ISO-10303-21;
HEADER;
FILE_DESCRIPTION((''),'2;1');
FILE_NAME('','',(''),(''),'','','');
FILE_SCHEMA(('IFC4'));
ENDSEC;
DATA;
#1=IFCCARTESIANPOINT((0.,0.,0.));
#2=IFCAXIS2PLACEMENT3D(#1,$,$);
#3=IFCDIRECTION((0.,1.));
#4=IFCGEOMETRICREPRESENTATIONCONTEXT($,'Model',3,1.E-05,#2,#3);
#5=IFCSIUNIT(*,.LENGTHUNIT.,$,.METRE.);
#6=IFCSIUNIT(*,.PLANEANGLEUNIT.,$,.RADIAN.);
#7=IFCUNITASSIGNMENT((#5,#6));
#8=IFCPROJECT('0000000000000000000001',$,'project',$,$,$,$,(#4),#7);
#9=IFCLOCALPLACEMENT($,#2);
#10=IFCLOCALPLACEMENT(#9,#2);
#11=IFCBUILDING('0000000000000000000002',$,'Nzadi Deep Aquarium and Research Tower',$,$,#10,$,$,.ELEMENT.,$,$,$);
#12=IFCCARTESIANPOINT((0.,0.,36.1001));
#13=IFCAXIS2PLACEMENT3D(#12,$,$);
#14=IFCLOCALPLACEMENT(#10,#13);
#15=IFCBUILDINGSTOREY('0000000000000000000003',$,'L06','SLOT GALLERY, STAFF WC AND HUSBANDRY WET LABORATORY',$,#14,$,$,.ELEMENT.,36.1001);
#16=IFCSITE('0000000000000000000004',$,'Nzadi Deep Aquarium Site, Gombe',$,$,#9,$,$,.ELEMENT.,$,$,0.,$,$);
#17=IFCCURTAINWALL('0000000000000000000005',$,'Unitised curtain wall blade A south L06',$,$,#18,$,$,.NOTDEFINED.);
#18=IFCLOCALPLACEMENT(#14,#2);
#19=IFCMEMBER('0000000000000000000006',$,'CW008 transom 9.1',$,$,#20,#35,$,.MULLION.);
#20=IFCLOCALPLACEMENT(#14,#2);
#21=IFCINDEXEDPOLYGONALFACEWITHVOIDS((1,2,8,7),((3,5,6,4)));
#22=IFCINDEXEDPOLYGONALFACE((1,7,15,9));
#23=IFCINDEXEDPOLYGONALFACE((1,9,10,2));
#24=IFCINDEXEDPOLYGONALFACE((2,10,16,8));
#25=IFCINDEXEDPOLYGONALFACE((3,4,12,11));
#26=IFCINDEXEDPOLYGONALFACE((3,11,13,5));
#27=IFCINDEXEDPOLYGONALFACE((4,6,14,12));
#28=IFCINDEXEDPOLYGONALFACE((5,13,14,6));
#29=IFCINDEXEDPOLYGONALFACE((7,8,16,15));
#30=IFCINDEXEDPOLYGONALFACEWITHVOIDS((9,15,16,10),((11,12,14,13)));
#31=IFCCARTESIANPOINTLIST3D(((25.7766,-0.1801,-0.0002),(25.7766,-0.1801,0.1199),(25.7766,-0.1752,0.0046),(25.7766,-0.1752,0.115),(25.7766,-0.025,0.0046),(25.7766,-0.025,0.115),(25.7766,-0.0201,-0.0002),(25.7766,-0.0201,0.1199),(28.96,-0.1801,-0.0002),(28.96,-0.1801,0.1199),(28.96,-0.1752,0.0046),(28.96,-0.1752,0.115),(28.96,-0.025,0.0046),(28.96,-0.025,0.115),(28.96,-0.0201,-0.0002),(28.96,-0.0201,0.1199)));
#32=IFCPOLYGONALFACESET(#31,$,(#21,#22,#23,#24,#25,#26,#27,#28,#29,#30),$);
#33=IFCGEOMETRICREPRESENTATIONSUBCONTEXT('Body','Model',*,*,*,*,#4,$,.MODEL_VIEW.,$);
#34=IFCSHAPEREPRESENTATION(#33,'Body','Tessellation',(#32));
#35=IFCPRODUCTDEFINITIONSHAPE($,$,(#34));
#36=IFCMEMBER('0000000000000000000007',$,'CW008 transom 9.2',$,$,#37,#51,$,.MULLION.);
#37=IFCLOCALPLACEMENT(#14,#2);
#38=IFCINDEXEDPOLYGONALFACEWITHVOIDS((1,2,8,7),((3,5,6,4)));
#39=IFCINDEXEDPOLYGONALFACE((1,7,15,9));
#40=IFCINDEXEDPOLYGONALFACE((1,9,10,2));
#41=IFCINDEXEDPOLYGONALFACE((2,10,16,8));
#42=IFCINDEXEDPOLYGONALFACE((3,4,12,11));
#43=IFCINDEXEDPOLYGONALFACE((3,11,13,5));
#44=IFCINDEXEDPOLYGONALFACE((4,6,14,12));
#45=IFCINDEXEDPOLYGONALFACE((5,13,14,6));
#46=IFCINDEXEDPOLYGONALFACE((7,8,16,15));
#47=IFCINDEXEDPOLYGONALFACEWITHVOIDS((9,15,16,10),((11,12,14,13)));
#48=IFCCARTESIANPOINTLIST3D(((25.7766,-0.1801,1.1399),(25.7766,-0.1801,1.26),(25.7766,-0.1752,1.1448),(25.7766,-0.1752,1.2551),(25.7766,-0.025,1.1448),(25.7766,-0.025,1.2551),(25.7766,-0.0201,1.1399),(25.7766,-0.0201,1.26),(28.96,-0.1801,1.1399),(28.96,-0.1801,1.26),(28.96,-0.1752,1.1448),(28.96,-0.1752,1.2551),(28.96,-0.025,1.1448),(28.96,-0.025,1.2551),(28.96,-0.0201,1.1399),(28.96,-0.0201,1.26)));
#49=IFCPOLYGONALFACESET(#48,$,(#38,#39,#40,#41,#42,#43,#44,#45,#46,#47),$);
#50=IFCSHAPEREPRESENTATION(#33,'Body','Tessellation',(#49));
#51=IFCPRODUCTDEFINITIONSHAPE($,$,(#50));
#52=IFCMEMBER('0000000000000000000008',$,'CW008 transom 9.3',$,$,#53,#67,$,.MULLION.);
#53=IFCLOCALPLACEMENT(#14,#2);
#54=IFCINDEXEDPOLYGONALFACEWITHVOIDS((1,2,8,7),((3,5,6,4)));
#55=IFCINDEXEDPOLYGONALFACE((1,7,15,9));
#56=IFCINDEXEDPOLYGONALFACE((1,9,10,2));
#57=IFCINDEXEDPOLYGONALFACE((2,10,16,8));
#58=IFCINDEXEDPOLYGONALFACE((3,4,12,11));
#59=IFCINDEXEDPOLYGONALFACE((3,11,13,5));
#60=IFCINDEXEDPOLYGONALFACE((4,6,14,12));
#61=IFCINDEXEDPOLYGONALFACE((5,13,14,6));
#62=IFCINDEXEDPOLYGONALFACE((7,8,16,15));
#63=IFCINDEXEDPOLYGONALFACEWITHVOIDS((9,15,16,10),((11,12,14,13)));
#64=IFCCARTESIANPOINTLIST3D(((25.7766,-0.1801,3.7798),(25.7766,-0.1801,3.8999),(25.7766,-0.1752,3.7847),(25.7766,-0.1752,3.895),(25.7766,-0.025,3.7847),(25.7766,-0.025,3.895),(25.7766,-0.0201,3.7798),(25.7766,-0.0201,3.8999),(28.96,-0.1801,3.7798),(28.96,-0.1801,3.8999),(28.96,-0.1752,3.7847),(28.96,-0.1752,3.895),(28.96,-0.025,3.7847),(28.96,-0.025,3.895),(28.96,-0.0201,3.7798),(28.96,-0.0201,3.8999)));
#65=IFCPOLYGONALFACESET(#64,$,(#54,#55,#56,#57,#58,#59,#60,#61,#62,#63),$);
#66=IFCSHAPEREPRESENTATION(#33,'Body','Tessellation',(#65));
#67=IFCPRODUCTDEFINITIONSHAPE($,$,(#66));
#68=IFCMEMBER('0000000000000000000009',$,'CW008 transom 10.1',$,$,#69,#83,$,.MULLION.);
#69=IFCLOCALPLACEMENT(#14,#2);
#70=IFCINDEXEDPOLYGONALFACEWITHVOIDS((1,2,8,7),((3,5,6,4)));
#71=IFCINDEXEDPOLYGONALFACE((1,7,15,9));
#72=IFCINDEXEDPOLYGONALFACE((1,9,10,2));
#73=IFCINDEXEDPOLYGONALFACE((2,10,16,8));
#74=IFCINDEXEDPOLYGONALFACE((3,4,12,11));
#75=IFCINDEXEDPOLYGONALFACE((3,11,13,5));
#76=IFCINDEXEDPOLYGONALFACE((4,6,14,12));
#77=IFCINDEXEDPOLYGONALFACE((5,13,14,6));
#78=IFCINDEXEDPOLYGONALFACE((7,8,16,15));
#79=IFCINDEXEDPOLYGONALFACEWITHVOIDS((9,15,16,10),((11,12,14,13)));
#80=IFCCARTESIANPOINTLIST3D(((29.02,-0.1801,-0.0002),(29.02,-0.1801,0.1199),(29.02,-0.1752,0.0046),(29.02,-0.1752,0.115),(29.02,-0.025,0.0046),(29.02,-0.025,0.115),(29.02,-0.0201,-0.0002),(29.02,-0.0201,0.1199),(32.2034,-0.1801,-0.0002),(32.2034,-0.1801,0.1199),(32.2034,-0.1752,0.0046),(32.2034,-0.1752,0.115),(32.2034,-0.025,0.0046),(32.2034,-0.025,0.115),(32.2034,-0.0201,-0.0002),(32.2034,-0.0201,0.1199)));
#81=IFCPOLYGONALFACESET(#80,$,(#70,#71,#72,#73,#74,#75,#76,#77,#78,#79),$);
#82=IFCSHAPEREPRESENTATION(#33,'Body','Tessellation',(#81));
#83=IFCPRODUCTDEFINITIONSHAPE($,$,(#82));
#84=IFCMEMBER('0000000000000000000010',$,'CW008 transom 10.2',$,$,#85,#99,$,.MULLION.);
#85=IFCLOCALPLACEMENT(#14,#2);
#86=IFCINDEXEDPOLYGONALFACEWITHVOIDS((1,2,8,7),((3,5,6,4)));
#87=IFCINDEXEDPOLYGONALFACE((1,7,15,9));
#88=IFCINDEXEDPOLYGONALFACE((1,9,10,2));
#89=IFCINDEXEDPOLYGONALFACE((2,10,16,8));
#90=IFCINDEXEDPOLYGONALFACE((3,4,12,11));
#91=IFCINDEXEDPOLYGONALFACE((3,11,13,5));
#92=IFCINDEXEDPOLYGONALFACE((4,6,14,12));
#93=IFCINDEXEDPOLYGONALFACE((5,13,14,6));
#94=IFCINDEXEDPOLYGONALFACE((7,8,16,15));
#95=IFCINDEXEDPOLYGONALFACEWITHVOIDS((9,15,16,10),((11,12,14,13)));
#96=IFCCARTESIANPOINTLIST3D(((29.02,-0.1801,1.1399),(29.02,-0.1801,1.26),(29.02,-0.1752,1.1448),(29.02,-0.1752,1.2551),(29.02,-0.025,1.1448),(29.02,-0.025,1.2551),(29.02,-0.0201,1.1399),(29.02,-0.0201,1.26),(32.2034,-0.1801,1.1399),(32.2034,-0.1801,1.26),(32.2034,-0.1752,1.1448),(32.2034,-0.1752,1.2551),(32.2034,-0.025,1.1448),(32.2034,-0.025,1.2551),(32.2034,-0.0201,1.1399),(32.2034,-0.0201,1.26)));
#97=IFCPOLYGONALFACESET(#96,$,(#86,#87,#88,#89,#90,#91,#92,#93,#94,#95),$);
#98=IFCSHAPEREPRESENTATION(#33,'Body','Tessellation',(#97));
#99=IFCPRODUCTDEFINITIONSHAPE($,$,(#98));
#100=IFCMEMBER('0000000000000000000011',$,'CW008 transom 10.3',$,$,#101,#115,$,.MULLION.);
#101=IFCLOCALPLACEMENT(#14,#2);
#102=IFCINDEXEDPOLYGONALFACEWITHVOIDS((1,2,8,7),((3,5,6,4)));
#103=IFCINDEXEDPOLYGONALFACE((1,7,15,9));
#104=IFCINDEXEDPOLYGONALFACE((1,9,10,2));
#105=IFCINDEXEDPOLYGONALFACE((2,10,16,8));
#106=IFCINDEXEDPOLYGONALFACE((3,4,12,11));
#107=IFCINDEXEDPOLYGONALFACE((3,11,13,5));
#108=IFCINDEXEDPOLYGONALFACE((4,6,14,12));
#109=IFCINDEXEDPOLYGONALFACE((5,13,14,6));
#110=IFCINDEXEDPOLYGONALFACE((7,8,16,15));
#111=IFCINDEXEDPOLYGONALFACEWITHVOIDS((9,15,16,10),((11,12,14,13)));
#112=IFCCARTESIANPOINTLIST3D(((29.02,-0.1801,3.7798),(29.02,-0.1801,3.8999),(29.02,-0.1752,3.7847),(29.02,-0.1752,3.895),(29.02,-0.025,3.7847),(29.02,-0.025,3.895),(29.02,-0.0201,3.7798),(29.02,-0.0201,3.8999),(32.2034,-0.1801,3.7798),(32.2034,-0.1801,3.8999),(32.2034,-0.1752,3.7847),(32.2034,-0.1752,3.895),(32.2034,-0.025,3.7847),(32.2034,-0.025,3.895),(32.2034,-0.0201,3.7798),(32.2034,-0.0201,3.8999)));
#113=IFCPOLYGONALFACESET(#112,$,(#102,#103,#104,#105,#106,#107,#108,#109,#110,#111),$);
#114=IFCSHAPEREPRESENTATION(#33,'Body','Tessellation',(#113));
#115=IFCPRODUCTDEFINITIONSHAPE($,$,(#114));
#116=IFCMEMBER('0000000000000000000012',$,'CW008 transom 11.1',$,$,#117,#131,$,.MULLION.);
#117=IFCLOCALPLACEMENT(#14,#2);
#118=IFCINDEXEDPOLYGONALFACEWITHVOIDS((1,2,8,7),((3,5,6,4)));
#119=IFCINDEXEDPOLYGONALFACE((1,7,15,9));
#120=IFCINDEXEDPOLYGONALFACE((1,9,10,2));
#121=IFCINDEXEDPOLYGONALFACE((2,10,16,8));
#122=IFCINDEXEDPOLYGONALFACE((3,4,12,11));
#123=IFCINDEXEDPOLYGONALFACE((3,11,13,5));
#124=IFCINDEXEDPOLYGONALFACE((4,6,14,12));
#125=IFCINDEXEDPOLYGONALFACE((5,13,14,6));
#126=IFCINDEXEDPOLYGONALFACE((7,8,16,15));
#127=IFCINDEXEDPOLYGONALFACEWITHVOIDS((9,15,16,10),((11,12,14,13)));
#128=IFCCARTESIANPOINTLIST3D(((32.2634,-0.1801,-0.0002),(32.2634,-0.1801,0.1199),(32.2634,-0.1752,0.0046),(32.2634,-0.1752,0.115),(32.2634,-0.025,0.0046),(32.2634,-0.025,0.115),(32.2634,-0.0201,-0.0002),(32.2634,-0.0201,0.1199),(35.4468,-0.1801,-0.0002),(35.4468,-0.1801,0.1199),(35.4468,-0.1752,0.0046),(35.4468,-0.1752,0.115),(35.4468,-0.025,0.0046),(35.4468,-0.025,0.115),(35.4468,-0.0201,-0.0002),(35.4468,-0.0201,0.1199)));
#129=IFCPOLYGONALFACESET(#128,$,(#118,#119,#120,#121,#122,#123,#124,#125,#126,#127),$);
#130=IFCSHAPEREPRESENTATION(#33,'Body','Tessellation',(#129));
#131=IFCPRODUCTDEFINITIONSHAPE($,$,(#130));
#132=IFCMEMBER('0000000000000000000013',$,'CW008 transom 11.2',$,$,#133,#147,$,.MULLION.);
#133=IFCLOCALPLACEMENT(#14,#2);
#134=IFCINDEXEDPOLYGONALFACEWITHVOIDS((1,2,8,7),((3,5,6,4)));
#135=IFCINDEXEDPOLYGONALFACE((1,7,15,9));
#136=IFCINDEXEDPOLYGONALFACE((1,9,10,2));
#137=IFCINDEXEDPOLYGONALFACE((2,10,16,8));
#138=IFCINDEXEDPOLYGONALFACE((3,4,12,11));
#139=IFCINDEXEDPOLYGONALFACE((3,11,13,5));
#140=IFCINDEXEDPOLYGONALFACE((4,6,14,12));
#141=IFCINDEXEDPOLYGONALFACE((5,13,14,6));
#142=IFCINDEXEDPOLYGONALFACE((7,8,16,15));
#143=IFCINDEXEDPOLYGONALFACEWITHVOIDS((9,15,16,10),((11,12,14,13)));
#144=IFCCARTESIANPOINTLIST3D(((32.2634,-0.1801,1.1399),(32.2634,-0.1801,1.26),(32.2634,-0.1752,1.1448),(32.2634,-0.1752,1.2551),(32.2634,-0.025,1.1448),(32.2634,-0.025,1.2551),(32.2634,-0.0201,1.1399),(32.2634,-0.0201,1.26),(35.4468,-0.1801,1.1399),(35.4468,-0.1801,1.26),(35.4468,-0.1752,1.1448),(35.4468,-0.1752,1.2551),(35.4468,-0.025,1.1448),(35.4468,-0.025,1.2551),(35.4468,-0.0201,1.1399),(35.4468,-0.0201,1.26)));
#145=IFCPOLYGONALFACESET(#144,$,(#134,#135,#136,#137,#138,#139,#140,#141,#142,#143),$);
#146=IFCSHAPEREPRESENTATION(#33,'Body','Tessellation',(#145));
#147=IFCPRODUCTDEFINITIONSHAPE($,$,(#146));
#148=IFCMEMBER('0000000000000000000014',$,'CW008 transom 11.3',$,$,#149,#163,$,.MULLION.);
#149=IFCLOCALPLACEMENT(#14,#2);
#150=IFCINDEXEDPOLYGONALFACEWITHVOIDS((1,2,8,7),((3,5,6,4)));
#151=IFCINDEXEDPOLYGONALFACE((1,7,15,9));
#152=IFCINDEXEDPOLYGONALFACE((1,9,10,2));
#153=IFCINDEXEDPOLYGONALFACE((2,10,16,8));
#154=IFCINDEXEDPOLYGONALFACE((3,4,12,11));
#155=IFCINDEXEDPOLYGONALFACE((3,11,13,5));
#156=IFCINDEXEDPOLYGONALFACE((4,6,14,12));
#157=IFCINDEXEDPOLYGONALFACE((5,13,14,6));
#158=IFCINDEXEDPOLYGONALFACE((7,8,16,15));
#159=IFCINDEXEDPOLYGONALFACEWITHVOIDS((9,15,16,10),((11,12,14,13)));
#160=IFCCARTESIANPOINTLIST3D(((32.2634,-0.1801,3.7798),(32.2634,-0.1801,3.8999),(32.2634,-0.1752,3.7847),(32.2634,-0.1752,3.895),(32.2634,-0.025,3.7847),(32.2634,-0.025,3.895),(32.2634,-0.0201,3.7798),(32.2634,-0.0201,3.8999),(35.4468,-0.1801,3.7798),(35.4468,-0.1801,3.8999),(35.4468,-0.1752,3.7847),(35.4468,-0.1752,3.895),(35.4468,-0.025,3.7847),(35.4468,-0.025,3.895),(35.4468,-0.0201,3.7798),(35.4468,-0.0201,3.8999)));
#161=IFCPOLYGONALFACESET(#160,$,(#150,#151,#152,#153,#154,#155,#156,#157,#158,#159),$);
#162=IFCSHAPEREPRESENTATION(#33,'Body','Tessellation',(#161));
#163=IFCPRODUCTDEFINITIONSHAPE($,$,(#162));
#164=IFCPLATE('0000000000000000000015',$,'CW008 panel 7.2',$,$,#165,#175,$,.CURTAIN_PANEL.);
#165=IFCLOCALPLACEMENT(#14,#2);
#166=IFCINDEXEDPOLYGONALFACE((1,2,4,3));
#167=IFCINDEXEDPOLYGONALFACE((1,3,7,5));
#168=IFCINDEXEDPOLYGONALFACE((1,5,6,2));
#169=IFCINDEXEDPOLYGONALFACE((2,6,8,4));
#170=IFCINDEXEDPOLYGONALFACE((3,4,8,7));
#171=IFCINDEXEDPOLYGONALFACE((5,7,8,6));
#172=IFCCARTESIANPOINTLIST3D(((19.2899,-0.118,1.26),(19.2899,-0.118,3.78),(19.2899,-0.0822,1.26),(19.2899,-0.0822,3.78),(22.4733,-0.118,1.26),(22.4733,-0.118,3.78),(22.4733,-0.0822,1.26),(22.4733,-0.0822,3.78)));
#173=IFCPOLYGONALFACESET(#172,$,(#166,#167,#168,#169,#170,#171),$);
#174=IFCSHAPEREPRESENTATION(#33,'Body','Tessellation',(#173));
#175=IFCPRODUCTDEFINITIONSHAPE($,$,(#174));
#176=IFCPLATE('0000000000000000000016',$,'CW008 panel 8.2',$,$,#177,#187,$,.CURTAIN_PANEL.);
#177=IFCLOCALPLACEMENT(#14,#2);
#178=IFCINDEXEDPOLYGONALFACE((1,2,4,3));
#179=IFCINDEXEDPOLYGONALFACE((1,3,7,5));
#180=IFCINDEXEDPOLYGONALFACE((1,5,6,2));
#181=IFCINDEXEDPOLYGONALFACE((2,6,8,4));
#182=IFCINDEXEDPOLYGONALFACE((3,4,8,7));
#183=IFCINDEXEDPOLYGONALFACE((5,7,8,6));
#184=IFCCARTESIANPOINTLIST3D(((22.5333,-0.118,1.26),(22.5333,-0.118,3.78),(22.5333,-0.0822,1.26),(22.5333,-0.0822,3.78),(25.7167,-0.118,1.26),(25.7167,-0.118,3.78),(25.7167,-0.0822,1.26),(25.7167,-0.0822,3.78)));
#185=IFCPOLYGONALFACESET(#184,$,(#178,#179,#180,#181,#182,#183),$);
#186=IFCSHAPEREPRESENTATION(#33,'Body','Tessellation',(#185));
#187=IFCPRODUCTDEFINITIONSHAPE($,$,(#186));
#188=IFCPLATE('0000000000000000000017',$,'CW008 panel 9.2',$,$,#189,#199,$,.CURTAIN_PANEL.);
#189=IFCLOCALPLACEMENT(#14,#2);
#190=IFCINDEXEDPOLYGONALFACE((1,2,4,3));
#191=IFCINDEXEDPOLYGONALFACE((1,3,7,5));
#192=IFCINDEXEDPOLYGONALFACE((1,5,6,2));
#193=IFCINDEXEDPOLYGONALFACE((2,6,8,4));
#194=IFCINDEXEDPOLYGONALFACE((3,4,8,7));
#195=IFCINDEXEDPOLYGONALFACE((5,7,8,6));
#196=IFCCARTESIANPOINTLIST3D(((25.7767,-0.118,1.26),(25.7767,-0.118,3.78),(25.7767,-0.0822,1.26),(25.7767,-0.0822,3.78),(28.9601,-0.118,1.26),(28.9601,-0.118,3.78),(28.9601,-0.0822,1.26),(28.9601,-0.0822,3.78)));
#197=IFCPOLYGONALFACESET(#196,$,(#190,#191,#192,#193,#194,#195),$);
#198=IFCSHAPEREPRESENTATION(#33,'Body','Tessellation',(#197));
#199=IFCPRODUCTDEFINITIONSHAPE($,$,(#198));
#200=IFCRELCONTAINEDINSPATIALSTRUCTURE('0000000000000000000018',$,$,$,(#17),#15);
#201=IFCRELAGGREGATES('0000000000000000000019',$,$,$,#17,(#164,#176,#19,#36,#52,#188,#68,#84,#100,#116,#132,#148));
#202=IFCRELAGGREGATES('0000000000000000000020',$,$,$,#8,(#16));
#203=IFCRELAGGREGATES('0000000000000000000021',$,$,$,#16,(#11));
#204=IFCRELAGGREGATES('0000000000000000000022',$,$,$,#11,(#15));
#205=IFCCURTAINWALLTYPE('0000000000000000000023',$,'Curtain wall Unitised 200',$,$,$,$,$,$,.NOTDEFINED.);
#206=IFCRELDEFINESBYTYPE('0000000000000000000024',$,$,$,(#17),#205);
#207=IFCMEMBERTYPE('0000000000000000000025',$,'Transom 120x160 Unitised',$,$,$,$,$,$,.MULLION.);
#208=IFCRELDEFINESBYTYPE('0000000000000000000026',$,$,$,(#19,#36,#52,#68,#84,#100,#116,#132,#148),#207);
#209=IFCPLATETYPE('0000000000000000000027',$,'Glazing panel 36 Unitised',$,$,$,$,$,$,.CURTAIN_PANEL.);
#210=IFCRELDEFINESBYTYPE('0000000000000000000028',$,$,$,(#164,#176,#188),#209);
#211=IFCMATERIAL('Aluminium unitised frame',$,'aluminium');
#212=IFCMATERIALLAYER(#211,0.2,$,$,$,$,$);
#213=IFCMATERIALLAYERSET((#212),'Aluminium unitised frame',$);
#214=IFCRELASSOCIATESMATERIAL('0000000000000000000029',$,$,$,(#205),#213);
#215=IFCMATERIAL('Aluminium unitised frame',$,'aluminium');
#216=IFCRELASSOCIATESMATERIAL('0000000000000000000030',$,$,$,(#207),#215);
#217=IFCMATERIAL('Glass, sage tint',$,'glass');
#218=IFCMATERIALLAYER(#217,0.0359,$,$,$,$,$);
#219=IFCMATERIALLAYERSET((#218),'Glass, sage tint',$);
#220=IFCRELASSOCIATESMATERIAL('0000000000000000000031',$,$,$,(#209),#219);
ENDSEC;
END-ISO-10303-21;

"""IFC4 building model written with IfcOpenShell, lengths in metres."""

from ifc_helpers import new_model, si_unit, direction, frame, origin, origin_2d, place, context, subcontext, project, spatial, rectangle, hollow_rectangle, extrude, material, layer, layer_set, material_profile, profile_set, type_object, element, aggregate, save


model = new_model("IFC4")

# Units and contexts
model_context = context("Model", 3, precision=1e-05, world=origin(), true_north=direction((0.0, 1.0)))
body_context = subcontext(model_context, "Body", "Model", "MODEL_VIEW")
ifc_project = project(units=[si_unit("LENGTHUNIT", "METRE"), si_unit("PLANEANGLEUNIT", "RADIAN")], contexts=[model_context])

# Site, building, storey
site_placement = place(None, origin())
site = spatial("IfcSite", under=ifc_project, at=site_placement, Name="Nzadi Deep Aquarium Site, Gombe", CompositionType="ELEMENT", RefElevation=0.0)
building_placement = place(site_placement, origin())
building = spatial("IfcBuilding", under=site, at=building_placement, Name="Nzadi Deep Aquarium and Research Tower", CompositionType="ELEMENT")
storey_placement = place(building_placement, frame((0.0, 0.0, 36.1001)))
storey = spatial("IfcBuildingStorey", under=building, at=storey_placement, Name="L06", Description="SLOT GALLERY, STAFF WC AND HUSBANDRY WET LABORATORY", CompositionType="ELEMENT", Elevation=36.1001)

# Curtain wall
ifc_material_1 = material(Name="Aluminium unitised frame", Category="aluminium")
ifc_layer_1 = layer(ifc_material_1, 0.2)
ifc_layer_set_1 = layer_set([ifc_layer_1], Name="Aluminium unitised frame")
curtain_wall_type = type_object("IfcCurtainWallType", Name="Curtain wall Unitised 200", PredefinedType="NOTDEFINED", material=ifc_layer_set_1)
curtain_wall_placement = place(storey_placement, origin())
curtain_wall = element("IfcCurtainWall", 1, at=curtain_wall_placement, inside=storey, type_object=curtain_wall_type, Name="Unitised curtain wall blade A south L06", PredefinedType="NOTDEFINED")

# Members
ifc_material_2 = material(Name="Aluminium unitised frame", Category="aluminium")
ifc_material_profile_1 = material_profile(ifc_material_2, hollow_rectangle(XDim=0.1599, YDim=0.1201, WallThickness=0.0049, at=origin_2d()))
ifc_profile_set_1 = profile_set([ifc_material_profile_1], Name="Aluminium unitised frame")
member_type_1 = type_object("IfcMemberType", Name="Transom 120x160 Unitised", PredefinedType="MULLION", material=ifc_profile_set_1)
member_1_placement = place(storey_placement, frame((25.7766, -0.1001, 0.0598), z_axis=(1.0, 0.0, 0.0), x_axis=(0.0, 1.0, 0.0)))
member_1 = element("IfcMember", 2, at=member_1_placement, type_object=member_type_1, Name="CW008 transom 9.1", PredefinedType="MULLION", context=body_context, shape_type="SweptSolid", body=[
    extrude(hollow_rectangle(XDim=0.1599, YDim=0.1201, WallThickness=0.0049, at=origin_2d()), origin(), (0.0, 0.0, 1.0), 3.1833),
])
member_2_placement = place(storey_placement, frame((25.7766, -0.1001, 1.2), z_axis=(1.0, 0.0, 0.0), x_axis=(0.0, 1.0, 0.0)))
member_2 = element("IfcMember", 3, at=member_2_placement, type_object=member_type_1, Name="CW008 transom 9.2", PredefinedType="MULLION", context=body_context, shape_type="SweptSolid", body=[
    extrude(hollow_rectangle(XDim=0.1599, YDim=0.1201, WallThickness=0.0049, at=origin_2d()), origin(), (0.0, 0.0, 1.0), 3.1833),
])
member_3_placement = place(storey_placement, frame((25.7766, -0.1001, 3.8398), z_axis=(1.0, 0.0, 0.0), x_axis=(0.0, 1.0, 0.0)))
member_3 = element("IfcMember", 4, at=member_3_placement, type_object=member_type_1, Name="CW008 transom 9.3", PredefinedType="MULLION", context=body_context, shape_type="SweptSolid", body=[
    extrude(hollow_rectangle(XDim=0.1599, YDim=0.1201, WallThickness=0.0049, at=origin_2d()), origin(), (0.0, 0.0, 1.0), 3.1833),
])
member_4_placement = place(storey_placement, frame((29.02, -0.1001, 0.0598), z_axis=(1.0, 0.0, 0.0), x_axis=(0.0, 1.0, 0.0)))
member_4 = element("IfcMember", 5, at=member_4_placement, type_object=member_type_1, Name="CW008 transom 10.1", PredefinedType="MULLION", context=body_context, shape_type="SweptSolid", body=[
    extrude(hollow_rectangle(XDim=0.1599, YDim=0.1201, WallThickness=0.0049, at=origin_2d()), origin(), (0.0, 0.0, 1.0), 3.1833),
])
member_5_placement = place(storey_placement, frame((29.02, -0.1001, 1.2), z_axis=(1.0, 0.0, 0.0), x_axis=(0.0, 1.0, 0.0)))
member_5 = element("IfcMember", 6, at=member_5_placement, type_object=member_type_1, Name="CW008 transom 10.2", PredefinedType="MULLION", context=body_context, shape_type="SweptSolid", body=[
    extrude(hollow_rectangle(XDim=0.1599, YDim=0.1201, WallThickness=0.0049, at=origin_2d()), origin(), (0.0, 0.0, 1.0), 3.1833),
])
member_6_placement = place(storey_placement, frame((29.02, -0.1001, 3.8398), z_axis=(1.0, 0.0, 0.0), x_axis=(0.0, 1.0, 0.0)))
member_6 = element("IfcMember", 7, at=member_6_placement, type_object=member_type_1, Name="CW008 transom 10.3", PredefinedType="MULLION", context=body_context, shape_type="SweptSolid", body=[
    extrude(hollow_rectangle(XDim=0.1599, YDim=0.1201, WallThickness=0.0049, at=origin_2d()), origin(), (0.0, 0.0, 1.0), 3.1833),
])
member_7_placement = place(storey_placement, frame((32.2634, -0.1001, 0.0598), z_axis=(1.0, 0.0, 0.0), x_axis=(0.0, 1.0, 0.0)))
member_7 = element("IfcMember", 8, at=member_7_placement, type_object=member_type_1, Name="CW008 transom 11.1", PredefinedType="MULLION", context=body_context, shape_type="SweptSolid", body=[
    extrude(hollow_rectangle(XDim=0.1599, YDim=0.1201, WallThickness=0.0049, at=origin_2d()), origin(), (0.0, 0.0, 1.0), 3.1833),
])
member_8_placement = place(storey_placement, frame((32.2634, -0.1001, 1.2), z_axis=(1.0, 0.0, 0.0), x_axis=(0.0, 1.0, 0.0)))
member_8 = element("IfcMember", 9, at=member_8_placement, type_object=member_type_1, Name="CW008 transom 11.2", PredefinedType="MULLION", context=body_context, shape_type="SweptSolid", body=[
    extrude(hollow_rectangle(XDim=0.1599, YDim=0.1201, WallThickness=0.0049, at=origin_2d()), origin(), (0.0, 0.0, 1.0), 3.1833),
])
member_9_placement = place(storey_placement, frame((32.2634, -0.1001, 3.8398), z_axis=(1.0, 0.0, 0.0), x_axis=(0.0, 1.0, 0.0)))
member_9 = element("IfcMember", 10, at=member_9_placement, type_object=member_type_1, Name="CW008 transom 11.3", PredefinedType="MULLION", context=body_context, shape_type="SweptSolid", body=[
    extrude(hollow_rectangle(XDim=0.1599, YDim=0.1201, WallThickness=0.0049, at=origin_2d()), origin(), (0.0, 0.0, 1.0), 3.1833),
])

# Plates
ifc_material_3 = material(Name="Glass, sage tint", Category="glass")
ifc_layer_2 = layer(ifc_material_3, 0.0359)
ifc_layer_set_2 = layer_set([ifc_layer_2], Name="Glass, sage tint")
plate_type_1 = type_object("IfcPlateType", Name="Glazing panel 36 Unitised", PredefinedType="CURTAIN_PANEL", material=ifc_layer_set_2)
plate_1_placement = place(storey_placement, frame((20.8816, -0.1001, 1.26), z_axis=(0.0, 0.0, 1.0), x_axis=(1.0, 0.0, 0.0)))
plate_1 = element("IfcPlate", 11, at=plate_1_placement, type_object=plate_type_1, Name="CW008 panel 7.2", PredefinedType="CURTAIN_PANEL", context=body_context, shape_type="SweptSolid", body=[
    extrude(rectangle(XDim=3.1833, YDim=0.0359, at=origin_2d()), origin(), (0.0, 0.0, 1.0), 2.52),
])
plate_2_placement = place(storey_placement, frame((24.125, -0.1001, 1.26), z_axis=(0.0, 0.0, 1.0), x_axis=(1.0, 0.0, 0.0)))
plate_2 = element("IfcPlate", 12, at=plate_2_placement, type_object=plate_type_1, Name="CW008 panel 8.2", PredefinedType="CURTAIN_PANEL", context=body_context, shape_type="SweptSolid", body=[
    extrude(rectangle(XDim=3.1833, YDim=0.0359, at=origin_2d()), origin(), (0.0, 0.0, 1.0), 2.52),
])
plate_3_placement = place(storey_placement, frame((27.3684, -0.1001, 1.26), z_axis=(0.0, 0.0, 1.0), x_axis=(1.0, 0.0, 0.0)))
plate_3 = element("IfcPlate", 13, at=plate_3_placement, type_object=plate_type_1, Name="CW008 panel 9.2", PredefinedType="CURTAIN_PANEL", context=body_context, shape_type="SweptSolid", body=[
    extrude(rectangle(XDim=3.1833, YDim=0.0359, at=origin_2d()), origin(), (0.0, 0.0, 1.0), 2.52),
])
aggregate(curtain_wall, [plate_1, plate_2, member_1, member_2, member_3, plate_3, member_4, member_5, member_6, member_7, member_8, member_9])

save(model, "model.ifc")
